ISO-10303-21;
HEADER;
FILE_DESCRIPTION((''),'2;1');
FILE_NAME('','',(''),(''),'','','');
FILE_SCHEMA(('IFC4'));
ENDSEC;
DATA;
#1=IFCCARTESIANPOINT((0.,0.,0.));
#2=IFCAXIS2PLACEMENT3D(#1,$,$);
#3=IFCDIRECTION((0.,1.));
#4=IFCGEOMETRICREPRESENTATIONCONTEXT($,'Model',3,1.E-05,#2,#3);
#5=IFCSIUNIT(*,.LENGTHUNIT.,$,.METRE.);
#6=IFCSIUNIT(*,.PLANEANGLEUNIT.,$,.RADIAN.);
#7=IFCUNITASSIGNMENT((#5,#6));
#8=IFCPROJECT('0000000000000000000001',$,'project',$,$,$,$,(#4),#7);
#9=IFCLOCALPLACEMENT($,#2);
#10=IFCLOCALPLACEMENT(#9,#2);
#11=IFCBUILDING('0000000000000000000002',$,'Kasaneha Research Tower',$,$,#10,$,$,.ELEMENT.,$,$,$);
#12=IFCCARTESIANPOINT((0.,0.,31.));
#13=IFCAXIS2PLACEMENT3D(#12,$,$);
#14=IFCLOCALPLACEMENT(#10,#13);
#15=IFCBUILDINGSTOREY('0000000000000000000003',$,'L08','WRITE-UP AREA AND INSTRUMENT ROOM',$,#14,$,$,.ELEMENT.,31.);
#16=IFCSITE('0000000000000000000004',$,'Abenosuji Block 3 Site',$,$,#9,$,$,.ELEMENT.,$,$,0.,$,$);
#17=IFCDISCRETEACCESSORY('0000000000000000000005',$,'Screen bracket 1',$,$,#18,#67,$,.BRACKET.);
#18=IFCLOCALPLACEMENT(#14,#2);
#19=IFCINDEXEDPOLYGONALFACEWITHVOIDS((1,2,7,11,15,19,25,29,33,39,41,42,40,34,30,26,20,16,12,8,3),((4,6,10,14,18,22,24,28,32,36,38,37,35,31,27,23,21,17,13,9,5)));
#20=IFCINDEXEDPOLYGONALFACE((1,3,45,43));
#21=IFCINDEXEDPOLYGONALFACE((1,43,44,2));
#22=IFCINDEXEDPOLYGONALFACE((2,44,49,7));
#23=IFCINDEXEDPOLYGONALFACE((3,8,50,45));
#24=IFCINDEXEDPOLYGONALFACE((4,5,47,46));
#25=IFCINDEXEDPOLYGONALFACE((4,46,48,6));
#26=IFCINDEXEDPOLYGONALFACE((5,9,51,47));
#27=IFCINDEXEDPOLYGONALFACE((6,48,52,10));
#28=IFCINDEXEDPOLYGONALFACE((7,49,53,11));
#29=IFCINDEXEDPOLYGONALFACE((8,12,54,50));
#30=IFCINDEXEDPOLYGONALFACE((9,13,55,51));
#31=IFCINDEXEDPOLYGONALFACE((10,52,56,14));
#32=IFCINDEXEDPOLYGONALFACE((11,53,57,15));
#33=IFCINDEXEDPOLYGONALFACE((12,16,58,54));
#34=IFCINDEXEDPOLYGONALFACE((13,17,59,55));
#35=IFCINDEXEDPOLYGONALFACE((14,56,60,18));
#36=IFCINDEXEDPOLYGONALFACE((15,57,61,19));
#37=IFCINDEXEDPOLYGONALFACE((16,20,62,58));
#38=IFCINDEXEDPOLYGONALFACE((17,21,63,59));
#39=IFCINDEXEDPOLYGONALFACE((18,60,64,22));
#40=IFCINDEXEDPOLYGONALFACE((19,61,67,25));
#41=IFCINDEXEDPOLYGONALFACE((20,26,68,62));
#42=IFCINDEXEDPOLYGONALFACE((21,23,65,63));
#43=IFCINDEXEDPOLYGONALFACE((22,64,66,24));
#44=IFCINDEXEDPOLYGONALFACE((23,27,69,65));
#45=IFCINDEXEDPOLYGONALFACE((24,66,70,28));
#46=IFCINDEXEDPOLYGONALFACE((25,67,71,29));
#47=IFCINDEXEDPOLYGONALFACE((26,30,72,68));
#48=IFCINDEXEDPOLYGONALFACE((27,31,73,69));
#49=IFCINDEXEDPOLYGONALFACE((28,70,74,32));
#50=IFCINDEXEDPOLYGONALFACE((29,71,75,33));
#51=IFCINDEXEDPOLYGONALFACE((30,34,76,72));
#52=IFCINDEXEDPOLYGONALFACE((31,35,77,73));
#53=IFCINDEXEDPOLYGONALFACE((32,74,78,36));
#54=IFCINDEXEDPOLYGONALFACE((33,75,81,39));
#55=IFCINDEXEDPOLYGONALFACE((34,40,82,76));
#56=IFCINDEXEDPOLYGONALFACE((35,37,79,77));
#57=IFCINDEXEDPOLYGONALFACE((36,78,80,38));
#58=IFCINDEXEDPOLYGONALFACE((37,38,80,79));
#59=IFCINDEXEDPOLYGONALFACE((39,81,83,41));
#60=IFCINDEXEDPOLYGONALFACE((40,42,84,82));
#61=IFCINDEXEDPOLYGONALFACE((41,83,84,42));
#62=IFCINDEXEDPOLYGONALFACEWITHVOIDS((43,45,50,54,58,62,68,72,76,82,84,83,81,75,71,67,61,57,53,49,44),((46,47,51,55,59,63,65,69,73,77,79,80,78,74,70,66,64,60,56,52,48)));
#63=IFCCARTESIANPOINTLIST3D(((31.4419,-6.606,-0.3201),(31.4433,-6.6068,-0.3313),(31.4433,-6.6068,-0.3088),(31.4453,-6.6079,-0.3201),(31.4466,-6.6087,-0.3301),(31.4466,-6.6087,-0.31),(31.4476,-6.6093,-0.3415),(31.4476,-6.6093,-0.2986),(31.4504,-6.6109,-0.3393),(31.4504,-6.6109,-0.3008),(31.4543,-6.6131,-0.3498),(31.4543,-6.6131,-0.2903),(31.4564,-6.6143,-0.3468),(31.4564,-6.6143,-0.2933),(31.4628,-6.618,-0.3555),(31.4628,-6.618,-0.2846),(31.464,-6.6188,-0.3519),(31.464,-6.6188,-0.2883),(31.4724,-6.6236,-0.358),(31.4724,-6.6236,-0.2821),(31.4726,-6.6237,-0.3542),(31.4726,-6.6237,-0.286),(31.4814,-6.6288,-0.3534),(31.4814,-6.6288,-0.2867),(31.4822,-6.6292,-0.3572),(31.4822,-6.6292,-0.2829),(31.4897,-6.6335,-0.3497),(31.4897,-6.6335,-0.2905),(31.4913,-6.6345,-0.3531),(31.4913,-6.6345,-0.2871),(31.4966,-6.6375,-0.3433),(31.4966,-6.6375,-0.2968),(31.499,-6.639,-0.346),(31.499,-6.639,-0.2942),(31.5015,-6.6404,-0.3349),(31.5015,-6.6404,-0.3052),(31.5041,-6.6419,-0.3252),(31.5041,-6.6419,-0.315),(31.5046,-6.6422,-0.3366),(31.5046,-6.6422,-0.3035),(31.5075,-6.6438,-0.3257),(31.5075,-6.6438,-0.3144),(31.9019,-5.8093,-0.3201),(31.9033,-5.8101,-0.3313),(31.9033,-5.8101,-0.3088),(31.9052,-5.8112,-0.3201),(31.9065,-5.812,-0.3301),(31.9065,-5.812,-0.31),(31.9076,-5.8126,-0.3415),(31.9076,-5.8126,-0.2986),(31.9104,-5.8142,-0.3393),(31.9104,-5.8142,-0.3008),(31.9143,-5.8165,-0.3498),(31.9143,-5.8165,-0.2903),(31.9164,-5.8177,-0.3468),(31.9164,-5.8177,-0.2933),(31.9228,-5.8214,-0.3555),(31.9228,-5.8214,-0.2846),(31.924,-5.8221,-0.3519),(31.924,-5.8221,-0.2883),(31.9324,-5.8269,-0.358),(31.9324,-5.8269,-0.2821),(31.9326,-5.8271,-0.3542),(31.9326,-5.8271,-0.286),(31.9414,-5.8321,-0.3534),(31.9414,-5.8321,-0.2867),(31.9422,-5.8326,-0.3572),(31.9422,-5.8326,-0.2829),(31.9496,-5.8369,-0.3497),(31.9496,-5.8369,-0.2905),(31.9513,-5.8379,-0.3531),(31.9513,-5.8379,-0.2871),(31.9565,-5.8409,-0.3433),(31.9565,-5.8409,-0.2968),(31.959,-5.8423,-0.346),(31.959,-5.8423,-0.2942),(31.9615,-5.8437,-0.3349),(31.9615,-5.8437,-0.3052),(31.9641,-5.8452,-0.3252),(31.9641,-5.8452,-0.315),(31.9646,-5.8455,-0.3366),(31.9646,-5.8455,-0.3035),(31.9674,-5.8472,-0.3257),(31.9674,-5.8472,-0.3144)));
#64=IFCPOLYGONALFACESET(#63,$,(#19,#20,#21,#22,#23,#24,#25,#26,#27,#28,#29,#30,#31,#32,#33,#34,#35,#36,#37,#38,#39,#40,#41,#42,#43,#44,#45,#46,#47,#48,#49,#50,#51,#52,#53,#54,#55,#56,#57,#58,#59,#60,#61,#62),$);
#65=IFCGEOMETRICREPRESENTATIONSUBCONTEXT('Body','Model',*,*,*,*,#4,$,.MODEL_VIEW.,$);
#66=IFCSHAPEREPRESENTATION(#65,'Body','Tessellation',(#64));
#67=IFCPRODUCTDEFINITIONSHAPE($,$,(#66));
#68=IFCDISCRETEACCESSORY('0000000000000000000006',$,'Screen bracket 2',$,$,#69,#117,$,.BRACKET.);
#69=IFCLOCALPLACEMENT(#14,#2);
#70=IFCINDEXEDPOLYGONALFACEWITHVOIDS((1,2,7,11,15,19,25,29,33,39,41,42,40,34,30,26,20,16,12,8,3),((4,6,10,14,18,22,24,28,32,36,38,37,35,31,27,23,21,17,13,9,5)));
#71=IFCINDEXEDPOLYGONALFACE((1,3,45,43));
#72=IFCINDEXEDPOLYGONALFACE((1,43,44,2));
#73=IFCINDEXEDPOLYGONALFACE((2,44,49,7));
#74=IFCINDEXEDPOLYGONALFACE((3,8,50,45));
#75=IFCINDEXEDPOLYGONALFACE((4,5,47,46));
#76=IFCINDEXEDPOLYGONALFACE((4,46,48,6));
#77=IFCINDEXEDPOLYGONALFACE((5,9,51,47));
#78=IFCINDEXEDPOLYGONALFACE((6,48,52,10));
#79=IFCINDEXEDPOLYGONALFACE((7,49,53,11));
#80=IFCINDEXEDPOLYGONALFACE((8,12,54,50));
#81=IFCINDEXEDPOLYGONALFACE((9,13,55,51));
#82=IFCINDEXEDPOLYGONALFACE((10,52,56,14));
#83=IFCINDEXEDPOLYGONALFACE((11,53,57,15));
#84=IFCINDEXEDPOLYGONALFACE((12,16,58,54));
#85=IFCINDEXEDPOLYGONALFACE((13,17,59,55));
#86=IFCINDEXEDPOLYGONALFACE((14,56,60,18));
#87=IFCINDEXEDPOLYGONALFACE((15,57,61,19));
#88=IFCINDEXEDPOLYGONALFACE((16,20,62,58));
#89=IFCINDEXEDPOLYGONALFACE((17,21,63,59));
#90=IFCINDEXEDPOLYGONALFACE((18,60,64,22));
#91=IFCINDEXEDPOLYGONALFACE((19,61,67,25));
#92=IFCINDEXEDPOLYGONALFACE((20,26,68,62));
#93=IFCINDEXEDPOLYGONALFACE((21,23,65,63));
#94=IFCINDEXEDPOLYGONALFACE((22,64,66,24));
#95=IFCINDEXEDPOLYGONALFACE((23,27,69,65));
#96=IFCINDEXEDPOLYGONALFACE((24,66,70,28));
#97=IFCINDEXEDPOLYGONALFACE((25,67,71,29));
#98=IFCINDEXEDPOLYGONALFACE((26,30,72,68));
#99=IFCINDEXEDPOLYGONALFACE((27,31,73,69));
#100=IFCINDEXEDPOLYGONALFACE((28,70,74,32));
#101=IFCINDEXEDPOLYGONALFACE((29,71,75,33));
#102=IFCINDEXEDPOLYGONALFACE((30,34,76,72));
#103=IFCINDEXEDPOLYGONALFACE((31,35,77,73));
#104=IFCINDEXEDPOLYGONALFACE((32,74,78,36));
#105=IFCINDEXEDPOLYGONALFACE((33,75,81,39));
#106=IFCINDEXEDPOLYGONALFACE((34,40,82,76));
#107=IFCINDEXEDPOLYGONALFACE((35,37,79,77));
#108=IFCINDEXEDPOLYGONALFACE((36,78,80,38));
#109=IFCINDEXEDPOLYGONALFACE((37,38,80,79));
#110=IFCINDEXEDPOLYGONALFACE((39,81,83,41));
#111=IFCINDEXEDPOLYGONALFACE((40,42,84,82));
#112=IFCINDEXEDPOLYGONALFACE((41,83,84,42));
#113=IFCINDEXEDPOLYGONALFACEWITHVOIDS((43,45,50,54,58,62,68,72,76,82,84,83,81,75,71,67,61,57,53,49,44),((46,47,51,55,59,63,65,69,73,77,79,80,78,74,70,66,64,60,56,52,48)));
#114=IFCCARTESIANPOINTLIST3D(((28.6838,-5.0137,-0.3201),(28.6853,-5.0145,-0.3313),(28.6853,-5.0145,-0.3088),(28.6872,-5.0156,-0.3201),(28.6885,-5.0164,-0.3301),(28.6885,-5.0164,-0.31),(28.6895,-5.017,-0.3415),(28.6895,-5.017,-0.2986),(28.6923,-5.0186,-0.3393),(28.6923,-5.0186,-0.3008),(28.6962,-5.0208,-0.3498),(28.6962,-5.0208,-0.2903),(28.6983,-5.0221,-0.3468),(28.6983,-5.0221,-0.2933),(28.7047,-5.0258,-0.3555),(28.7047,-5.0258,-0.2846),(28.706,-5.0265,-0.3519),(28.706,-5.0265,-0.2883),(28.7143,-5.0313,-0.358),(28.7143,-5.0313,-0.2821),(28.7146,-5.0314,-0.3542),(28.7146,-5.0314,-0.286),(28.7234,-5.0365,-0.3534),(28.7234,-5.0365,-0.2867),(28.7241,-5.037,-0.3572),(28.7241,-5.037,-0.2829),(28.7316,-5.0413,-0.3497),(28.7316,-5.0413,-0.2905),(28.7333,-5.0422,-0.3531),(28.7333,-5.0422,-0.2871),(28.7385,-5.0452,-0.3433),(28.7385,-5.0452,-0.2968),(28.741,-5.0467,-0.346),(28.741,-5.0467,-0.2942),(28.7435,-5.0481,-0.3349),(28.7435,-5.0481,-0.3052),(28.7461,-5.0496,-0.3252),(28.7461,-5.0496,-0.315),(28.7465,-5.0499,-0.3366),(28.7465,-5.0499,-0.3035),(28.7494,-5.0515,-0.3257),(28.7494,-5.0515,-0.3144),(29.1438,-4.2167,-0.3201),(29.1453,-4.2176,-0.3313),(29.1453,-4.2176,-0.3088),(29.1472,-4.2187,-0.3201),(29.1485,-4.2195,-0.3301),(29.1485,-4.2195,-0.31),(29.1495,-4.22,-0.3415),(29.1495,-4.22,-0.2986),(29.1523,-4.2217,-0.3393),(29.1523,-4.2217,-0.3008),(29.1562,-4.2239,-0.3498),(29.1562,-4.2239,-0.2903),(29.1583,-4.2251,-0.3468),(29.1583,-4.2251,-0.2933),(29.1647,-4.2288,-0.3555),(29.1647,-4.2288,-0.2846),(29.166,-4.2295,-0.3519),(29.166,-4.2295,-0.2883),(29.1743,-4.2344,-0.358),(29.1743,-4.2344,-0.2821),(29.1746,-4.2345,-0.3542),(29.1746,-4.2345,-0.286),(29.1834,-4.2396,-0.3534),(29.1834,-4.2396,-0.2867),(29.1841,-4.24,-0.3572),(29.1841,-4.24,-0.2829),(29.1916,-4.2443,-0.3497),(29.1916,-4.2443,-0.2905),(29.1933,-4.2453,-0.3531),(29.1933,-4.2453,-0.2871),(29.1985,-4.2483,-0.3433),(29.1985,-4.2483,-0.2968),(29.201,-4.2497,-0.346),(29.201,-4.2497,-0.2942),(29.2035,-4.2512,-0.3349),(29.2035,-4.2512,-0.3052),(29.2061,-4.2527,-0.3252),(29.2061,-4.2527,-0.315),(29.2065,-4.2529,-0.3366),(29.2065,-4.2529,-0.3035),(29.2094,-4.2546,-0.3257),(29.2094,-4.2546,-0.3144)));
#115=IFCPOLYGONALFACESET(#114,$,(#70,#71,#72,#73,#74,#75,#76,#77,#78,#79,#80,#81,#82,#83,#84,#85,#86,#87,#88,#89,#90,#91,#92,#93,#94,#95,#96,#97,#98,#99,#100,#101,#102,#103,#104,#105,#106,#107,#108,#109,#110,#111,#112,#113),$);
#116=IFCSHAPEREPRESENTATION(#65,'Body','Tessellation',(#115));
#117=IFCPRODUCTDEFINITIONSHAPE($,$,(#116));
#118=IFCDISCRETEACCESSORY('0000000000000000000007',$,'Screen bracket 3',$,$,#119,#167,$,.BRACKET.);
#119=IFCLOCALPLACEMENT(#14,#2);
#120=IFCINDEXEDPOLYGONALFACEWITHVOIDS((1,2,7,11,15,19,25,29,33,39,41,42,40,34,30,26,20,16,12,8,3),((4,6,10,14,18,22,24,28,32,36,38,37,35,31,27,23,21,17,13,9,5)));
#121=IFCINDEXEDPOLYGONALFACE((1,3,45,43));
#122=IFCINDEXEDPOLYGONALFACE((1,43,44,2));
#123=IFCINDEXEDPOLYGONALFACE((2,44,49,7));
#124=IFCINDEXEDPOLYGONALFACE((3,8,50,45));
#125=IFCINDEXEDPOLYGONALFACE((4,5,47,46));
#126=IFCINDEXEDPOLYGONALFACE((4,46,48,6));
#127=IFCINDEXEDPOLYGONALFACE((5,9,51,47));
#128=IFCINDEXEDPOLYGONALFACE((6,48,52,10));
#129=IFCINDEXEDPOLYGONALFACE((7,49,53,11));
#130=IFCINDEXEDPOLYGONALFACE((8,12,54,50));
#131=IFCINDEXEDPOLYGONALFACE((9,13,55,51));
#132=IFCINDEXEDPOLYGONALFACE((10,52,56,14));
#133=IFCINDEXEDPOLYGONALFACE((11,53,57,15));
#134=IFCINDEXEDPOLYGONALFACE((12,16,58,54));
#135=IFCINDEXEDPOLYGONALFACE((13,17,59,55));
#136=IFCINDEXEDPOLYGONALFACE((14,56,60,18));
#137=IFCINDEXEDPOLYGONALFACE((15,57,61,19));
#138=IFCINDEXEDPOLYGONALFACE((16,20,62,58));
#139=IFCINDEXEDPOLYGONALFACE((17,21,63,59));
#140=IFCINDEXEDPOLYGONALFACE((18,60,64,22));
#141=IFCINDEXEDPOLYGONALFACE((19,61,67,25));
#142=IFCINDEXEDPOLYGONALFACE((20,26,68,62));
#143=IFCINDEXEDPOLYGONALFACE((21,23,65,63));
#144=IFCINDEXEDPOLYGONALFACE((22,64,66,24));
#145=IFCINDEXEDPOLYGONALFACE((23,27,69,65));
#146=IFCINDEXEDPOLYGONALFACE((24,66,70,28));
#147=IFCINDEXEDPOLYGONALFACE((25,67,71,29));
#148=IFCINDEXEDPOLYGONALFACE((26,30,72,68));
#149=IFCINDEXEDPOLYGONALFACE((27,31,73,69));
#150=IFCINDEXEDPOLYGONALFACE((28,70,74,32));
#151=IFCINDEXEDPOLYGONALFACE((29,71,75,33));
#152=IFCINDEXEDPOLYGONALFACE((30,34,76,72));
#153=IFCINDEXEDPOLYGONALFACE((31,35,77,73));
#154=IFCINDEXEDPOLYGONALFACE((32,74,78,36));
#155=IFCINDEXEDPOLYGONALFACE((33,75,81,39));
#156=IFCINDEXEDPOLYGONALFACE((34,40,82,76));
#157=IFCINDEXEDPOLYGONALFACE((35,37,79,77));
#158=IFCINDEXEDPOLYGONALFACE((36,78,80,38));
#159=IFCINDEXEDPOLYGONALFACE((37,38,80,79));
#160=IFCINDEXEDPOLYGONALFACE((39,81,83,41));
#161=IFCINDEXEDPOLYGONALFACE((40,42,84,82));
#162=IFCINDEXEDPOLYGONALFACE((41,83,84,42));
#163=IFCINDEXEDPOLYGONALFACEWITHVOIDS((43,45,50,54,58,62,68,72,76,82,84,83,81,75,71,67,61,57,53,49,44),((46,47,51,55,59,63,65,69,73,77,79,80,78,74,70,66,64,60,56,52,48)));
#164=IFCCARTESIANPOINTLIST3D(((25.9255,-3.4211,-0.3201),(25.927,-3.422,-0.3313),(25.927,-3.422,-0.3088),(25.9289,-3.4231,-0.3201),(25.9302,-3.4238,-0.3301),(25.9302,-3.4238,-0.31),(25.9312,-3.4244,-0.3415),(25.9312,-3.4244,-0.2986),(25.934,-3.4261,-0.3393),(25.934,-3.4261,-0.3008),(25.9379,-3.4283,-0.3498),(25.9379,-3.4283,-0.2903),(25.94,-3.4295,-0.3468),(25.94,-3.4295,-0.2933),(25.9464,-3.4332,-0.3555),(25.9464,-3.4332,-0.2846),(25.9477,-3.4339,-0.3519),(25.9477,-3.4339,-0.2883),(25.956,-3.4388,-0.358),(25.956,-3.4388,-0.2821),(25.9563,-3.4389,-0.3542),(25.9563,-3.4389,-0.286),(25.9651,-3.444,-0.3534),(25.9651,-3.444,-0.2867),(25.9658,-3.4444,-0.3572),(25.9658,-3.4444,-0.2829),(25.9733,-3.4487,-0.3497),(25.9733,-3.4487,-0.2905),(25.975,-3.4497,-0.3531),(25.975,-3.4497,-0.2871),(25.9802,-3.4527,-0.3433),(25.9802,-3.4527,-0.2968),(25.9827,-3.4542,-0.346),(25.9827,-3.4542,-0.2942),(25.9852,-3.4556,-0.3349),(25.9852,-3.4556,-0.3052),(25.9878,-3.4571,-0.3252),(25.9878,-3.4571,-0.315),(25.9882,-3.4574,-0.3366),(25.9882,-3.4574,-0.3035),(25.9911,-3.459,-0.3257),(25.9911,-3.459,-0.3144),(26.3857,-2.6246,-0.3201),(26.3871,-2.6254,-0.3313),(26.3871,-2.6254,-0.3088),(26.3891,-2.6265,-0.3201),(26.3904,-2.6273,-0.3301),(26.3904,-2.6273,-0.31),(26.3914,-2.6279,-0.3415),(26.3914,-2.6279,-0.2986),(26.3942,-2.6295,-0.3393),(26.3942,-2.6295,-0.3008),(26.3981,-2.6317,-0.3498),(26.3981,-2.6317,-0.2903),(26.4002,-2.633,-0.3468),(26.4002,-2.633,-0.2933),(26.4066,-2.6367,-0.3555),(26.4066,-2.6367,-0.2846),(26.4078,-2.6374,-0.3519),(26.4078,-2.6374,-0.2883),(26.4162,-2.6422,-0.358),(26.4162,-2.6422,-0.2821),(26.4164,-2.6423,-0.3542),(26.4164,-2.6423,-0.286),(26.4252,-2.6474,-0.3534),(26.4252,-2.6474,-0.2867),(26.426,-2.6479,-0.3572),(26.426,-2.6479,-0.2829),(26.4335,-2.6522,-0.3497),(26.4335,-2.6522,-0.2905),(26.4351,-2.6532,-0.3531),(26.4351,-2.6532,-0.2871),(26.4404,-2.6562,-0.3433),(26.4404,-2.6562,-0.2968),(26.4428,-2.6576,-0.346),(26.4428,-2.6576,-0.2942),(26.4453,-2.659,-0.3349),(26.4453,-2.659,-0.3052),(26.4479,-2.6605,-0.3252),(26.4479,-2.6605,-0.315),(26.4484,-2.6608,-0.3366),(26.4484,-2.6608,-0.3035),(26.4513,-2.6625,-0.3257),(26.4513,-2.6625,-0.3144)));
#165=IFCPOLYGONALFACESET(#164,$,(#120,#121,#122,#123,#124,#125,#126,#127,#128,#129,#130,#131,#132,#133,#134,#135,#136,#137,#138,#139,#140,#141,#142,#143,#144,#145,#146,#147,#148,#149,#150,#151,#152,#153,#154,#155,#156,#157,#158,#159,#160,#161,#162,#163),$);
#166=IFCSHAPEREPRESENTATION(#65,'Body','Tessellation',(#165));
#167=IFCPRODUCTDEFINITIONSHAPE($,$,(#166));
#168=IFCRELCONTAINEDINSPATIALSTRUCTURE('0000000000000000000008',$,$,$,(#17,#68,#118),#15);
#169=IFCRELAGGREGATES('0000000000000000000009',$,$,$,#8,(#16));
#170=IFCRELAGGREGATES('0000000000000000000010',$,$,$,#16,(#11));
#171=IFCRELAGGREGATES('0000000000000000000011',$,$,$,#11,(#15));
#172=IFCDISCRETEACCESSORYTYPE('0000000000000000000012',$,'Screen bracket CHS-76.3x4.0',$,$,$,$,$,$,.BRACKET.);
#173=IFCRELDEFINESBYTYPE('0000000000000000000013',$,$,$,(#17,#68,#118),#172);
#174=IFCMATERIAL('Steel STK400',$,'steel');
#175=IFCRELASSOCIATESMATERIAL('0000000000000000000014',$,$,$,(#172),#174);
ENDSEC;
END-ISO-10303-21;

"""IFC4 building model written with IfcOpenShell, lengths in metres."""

from ifc_helpers import new_model, si_unit, direction, frame, origin, origin_2d, place, context, subcontext, project, spatial, hollow_circle, extrude, material, material_profile, profile_set, type_object, element, save


model = new_model("IFC4")

# Units and contexts
model_context = context("Model", 3, precision=1e-05, world=origin(), true_north=direction((0.0, 1.0)))
body_context = subcontext(model_context, "Body", "Model", "MODEL_VIEW")
ifc_project = project(units=[si_unit("LENGTHUNIT", "METRE"), si_unit("PLANEANGLEUNIT", "RADIAN")], contexts=[model_context])

# Site, building, storey
site_placement = place(None, origin())
site = spatial("IfcSite", under=ifc_project, at=site_placement, Name="Abenosuji Block 3 Site", CompositionType="ELEMENT", RefElevation=0.0)
building_placement = place(site_placement, origin())
building = spatial("IfcBuilding", under=site, at=building_placement, Name="Kasaneha Research Tower", CompositionType="ELEMENT")
storey_placement = place(building_placement, frame((0.0, 0.0, 31.0)))
storey = spatial("IfcBuildingStorey", under=building, at=storey_placement, Name="L08", Description="WRITE-UP AREA AND INSTRUMENT ROOM", CompositionType="ELEMENT", Elevation=31.0)

# Discrete accessories
ifc_material_1 = material(Name="Steel STK400", Category="steel")
ifc_material_profile_1 = material_profile(ifc_material_1, hollow_circle(Radius=0.0381, WallThickness=0.0039, at=origin_2d()), Name="CHS-76.3x4.0")
ifc_profile_set_1 = profile_set([ifc_material_profile_1], Name="Steel STK400")
discrete_accessory_type = type_object("IfcDiscreteAccessoryType", Name="Screen bracket CHS-76.3x4.0", PredefinedType="BRACKET", material=ifc_profile_set_1)
discrete_accessory_1_placement = place(storey_placement, frame((31.4749, -6.625, -0.3201), z_axis=(0.500021, 0.866013, 0.0), x_axis=(-0.866013, 0.500021, 0.0)))
element("IfcDiscreteAccessory", 1, at=discrete_accessory_1_placement, inside=storey, type_object=discrete_accessory_type, Name="Screen bracket 1", PredefinedType="BRACKET", context=body_context, shape_type="SweptSolid", body=[
    extrude(hollow_circle(Radius=0.0381, WallThickness=0.0039, at=origin_2d()), origin(), (0.0, 0.0, 1.0), 0.9199),
])
discrete_accessory_2_placement = place(storey_placement, frame((28.7168, -5.0327, -0.3201), z_axis=(0.499906, 0.86608, 0.0), x_axis=(-0.86608, 0.499906, 0.0)))
element("IfcDiscreteAccessory", 2, at=discrete_accessory_2_placement, inside=storey, type_object=discrete_accessory_type, Name="Screen bracket 2", PredefinedType="BRACKET", context=body_context, shape_type="SweptSolid", body=[
    extrude(hollow_circle(Radius=0.0381, WallThickness=0.0039, at=origin_2d()), origin(), (0.0, 0.0, 1.0), 0.9202),
])
discrete_accessory_3_placement = place(storey_placement, frame((25.9585, -3.4402, -0.3201), z_axis=(0.50022, 0.865898, 0.0), x_axis=(-0.865898, 0.50022, 0.0)))
element("IfcDiscreteAccessory", 3, at=discrete_accessory_3_placement, inside=storey, type_object=discrete_accessory_type, Name="Screen bracket 3", PredefinedType="BRACKET", context=body_context, shape_type="SweptSolid", body=[
    extrude(hollow_circle(Radius=0.0381, WallThickness=0.0039, at=origin_2d()), origin(), (0.0, 0.0, 1.0), 0.9199),
])

save(model, "model.ifc")
